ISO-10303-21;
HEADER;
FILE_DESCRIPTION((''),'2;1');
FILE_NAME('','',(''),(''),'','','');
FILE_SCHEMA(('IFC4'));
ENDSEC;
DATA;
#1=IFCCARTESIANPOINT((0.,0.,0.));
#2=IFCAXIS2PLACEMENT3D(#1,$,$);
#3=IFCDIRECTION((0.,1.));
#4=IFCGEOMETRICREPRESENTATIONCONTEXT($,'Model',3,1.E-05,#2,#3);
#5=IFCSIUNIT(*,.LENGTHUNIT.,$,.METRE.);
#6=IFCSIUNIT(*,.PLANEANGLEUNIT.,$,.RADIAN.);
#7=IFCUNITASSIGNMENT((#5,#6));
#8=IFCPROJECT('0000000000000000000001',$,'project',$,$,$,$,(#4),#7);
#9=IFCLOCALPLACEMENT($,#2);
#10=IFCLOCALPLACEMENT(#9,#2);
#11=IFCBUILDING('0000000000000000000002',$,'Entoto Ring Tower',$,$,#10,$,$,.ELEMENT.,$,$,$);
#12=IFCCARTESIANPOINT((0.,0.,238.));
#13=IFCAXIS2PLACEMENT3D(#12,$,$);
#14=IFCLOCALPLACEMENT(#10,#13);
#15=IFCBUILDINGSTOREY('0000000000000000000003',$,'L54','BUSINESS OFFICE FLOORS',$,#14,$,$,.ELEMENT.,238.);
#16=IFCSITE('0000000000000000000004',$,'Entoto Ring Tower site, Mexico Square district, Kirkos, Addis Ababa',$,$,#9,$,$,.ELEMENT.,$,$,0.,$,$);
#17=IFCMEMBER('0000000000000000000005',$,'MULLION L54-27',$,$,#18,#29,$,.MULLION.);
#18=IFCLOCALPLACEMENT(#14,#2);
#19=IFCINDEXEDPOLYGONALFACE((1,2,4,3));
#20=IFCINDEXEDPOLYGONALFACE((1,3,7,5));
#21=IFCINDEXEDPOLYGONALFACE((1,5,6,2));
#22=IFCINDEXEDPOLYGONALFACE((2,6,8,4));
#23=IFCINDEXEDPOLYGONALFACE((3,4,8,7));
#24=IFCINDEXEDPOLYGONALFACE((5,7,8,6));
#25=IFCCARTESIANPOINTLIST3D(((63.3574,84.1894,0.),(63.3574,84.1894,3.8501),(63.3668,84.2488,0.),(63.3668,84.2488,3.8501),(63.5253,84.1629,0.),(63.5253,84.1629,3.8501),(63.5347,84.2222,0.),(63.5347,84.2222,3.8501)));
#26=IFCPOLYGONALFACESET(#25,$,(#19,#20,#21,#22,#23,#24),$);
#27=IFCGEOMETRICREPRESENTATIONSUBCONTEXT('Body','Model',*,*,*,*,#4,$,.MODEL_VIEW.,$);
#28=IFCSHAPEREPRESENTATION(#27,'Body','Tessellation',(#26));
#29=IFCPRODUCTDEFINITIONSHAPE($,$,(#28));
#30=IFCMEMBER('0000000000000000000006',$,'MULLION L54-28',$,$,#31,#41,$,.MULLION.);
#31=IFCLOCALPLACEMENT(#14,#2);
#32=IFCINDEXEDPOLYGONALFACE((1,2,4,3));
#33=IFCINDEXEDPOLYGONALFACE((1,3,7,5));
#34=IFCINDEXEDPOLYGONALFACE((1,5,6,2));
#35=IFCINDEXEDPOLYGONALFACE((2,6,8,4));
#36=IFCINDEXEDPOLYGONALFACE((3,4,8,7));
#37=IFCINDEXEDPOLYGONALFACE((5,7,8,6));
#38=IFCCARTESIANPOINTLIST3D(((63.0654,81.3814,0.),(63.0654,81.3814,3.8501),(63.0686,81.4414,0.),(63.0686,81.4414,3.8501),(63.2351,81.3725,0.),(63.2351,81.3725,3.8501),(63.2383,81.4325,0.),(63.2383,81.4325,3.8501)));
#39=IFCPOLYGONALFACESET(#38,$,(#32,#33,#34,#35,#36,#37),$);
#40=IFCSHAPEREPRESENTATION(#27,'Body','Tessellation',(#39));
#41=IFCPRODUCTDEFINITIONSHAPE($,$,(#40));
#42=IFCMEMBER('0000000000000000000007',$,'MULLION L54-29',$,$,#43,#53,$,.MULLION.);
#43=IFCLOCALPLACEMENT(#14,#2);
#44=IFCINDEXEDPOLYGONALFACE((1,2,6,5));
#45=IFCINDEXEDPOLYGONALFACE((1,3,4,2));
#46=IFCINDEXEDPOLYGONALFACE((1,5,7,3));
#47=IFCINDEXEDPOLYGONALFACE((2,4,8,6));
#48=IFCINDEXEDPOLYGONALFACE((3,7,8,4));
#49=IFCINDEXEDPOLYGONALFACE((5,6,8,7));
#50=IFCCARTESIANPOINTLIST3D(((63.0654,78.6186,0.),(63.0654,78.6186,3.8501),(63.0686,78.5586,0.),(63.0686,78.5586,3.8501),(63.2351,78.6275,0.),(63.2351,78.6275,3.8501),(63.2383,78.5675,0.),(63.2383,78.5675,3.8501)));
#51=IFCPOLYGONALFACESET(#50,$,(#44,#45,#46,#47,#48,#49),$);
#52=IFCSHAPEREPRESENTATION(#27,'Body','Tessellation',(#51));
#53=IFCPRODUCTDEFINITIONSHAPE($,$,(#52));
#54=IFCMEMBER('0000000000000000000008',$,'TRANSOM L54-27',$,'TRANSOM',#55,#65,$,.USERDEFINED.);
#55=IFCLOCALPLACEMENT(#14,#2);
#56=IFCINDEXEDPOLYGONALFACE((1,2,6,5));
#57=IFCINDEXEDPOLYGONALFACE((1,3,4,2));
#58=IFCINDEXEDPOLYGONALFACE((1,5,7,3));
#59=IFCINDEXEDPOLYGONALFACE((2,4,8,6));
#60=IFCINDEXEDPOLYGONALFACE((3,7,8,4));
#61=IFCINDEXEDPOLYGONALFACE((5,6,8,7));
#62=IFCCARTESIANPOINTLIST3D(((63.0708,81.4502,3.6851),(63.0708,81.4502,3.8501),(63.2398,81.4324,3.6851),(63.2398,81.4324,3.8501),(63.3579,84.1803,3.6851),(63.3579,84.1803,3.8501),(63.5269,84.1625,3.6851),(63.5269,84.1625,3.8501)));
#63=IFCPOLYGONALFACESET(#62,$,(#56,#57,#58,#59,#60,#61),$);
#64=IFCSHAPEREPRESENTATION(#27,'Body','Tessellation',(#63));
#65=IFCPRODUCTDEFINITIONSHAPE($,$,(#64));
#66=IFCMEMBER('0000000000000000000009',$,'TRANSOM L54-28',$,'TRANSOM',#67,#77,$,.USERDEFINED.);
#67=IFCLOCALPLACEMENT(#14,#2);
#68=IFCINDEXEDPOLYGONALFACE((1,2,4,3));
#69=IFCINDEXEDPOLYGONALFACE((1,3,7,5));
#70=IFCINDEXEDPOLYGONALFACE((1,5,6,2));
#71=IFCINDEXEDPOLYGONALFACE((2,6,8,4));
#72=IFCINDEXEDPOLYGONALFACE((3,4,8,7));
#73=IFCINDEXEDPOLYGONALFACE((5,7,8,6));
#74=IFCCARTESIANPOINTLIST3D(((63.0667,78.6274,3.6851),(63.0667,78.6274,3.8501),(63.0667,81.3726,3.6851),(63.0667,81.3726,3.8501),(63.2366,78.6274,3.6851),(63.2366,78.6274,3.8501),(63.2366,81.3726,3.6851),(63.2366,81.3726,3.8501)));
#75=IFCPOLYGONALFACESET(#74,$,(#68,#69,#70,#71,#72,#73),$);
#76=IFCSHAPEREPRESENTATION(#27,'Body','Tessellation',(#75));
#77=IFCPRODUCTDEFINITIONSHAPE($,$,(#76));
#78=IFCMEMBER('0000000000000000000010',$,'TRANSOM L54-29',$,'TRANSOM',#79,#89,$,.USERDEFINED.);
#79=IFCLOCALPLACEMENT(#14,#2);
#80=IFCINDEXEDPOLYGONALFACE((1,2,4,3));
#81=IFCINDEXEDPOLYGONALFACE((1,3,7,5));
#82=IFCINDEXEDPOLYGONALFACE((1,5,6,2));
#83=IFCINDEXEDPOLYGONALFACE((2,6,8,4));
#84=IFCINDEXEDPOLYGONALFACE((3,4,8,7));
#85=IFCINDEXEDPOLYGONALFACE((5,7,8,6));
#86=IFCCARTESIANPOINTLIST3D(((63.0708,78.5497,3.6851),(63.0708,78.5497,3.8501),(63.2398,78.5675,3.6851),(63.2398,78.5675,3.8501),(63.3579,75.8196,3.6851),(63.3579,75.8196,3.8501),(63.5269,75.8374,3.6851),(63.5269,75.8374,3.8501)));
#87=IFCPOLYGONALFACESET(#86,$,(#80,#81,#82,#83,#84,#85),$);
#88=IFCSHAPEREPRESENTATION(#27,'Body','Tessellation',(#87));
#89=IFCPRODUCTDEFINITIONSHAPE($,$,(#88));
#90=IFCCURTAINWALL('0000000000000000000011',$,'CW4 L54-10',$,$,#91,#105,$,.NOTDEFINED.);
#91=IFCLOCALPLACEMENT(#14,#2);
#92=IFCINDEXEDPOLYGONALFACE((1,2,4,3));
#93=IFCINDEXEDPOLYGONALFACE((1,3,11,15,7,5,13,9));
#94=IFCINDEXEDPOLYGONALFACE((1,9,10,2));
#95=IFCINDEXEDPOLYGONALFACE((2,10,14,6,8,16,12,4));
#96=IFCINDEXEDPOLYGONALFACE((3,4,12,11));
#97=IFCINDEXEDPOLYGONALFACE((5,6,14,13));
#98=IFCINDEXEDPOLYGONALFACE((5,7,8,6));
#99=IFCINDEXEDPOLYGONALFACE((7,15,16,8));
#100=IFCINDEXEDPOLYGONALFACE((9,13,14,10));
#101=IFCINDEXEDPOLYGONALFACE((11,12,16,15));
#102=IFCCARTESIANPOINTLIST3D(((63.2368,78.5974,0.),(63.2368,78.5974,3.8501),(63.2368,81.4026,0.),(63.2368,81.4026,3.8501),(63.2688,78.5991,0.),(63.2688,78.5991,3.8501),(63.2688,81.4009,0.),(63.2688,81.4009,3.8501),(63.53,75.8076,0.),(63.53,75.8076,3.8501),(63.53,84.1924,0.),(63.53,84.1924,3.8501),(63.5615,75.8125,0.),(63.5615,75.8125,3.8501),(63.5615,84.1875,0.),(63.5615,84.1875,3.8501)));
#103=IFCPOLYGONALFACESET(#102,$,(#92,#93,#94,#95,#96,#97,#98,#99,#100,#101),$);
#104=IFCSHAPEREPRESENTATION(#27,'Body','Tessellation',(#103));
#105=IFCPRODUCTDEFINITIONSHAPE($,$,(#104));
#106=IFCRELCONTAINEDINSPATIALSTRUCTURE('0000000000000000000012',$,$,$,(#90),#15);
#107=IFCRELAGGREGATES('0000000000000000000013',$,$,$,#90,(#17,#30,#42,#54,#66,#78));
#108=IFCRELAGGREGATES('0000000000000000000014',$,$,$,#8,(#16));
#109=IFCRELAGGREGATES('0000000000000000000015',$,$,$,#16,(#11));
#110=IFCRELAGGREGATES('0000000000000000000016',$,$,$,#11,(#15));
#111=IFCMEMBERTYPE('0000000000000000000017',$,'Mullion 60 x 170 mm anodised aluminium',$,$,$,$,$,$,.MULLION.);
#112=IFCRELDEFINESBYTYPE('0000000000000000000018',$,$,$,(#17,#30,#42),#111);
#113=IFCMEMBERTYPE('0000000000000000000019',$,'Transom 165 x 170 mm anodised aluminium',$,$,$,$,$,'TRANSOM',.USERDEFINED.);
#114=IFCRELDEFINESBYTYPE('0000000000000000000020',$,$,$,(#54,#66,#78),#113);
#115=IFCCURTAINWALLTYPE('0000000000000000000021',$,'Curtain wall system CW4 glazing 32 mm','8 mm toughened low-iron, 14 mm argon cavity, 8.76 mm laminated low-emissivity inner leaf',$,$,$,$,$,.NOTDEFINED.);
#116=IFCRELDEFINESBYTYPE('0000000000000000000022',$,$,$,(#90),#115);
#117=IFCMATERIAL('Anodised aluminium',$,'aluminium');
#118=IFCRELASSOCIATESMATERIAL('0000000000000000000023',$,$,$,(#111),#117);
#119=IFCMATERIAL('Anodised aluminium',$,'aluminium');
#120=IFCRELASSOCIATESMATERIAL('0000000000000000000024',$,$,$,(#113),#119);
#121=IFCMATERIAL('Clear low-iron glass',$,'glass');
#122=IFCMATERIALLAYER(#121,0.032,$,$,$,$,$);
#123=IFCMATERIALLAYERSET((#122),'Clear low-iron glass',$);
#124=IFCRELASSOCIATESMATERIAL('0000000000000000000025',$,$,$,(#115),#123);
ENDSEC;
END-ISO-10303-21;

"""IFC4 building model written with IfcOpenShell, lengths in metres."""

from ifc_helpers import new_model, si_unit, direction, frame, origin, origin_2d, place, context, subcontext, project, spatial, polyline, rectangle, outline, extrude, material, layer, layer_set, material_profile, profile_set, type_object, element, aggregate, save


model = new_model("IFC4")

# Units and contexts
model_context = context("Model", 3, precision=1e-05, world=origin(), true_north=direction((0.0, 1.0)))
body_context = subcontext(model_context, "Body", "Model", "MODEL_VIEW")
ifc_project = project(units=[si_unit("LENGTHUNIT", "METRE"), si_unit("PLANEANGLEUNIT", "RADIAN")], contexts=[model_context])

# Members
ifc_material_1 = material(Name="Anodised aluminium", Category="aluminium")
ifc_material_profile_1 = material_profile(ifc_material_1, rectangle(XDim=0.0601, YDim=0.1699, at=origin_2d()), Name="Mullion 60 x 170 mm anodised aluminium")
ifc_profile_set_1 = profile_set([ifc_material_profile_1], Name="Anodised aluminium")
member_type_1 = type_object("IfcMemberType", Name="Mullion 60 x 170 mm anodised aluminium", PredefinedType="MULLION", material=ifc_profile_set_1)
site_placement = place(None, origin())
building_placement = place(site_placement, origin())
storey_placement = place(building_placement, frame((0.0, 0.0, 238.0)))
member_1_placement = place(storey_placement, frame((63.446, 84.2058, 0.0), z_axis=(0.0, 0.0, 1.0), x_axis=(-0.156434, -0.987688, 0.0)))
member_1 = element("IfcMember", 1, at=member_1_placement, type_object=member_type_1, Name="MULLION L54-27", PredefinedType="MULLION", context=body_context, shape_type="SweptSolid", body=[
    extrude(rectangle(XDim=0.0601, YDim=0.1699, at=origin_2d()), origin(), (0.0, 0.0, 1.0), 3.8501),
])
member_2_placement = place(storey_placement, frame((63.1519, 81.407, 0.0), z_axis=(0.0, 0.0, 1.0), x_axis=(-0.052336, -0.99863, 0.0)))
member_2 = element("IfcMember", 2, at=member_2_placement, type_object=member_type_1, Name="MULLION L54-28", PredefinedType="MULLION", context=body_context, shape_type="SweptSolid", body=[
    extrude(rectangle(XDim=0.0601, YDim=0.1699, at=origin_2d()), origin(), (0.0, 0.0, 1.0), 3.8501),
])
member_3_placement = place(storey_placement, frame((63.1519, 78.593, 0.0), z_axis=(0.0, 0.0, 1.0), x_axis=(0.052336, -0.99863, 0.0)))
member_3 = element("IfcMember", 3, at=member_3_placement, type_object=member_type_1, Name="MULLION L54-29", PredefinedType="MULLION", context=body_context, shape_type="SweptSolid", body=[
    extrude(rectangle(XDim=0.0601, YDim=0.1699, at=origin_2d()), origin(), (0.0, 0.0, 1.0), 3.8501),
])
ifc_material_2 = material(Name="Anodised aluminium", Category="aluminium")
ifc_material_profile_2 = material_profile(ifc_material_2, rectangle(XDim=0.1699, YDim=0.165, at=origin_2d()), Name="Transom 165 x 170 mm anodised aluminium")
ifc_profile_set_2 = profile_set([ifc_material_profile_2], Name="Anodised aluminium")
member_type_2 = type_object("IfcMemberType", Name="Transom 165 x 170 mm anodised aluminium", ElementType="TRANSOM", PredefinedType="USERDEFINED", material=ifc_profile_set_2)
member_4_placement = place(storey_placement, frame((63.4424, 84.1714, 3.7676), z_axis=(-0.104592, -0.994515, 0.0), x_axis=(0.994515, -0.104592, 0.0)))
member_4 = element("IfcMember", 4, at=member_4_placement, type_object=member_type_2, Name="TRANSOM L54-27", ObjectType="TRANSOM", PredefinedType="USERDEFINED", context=body_context, shape_type="SweptSolid", body=[
    extrude(rectangle(XDim=0.1699, YDim=0.165, at=origin_2d()), origin(), (0.0, 0.0, 1.0), 2.7451),
])
member_5_placement = place(storey_placement, frame((63.1516, 81.3726, 3.7676), z_axis=(0.0, -1.0, 0.0), x_axis=(1.0, 0.0, 0.0)))
member_5 = element("IfcMember", 5, at=member_5_placement, type_object=member_type_2, Name="TRANSOM L54-28", ObjectType="TRANSOM", PredefinedType="USERDEFINED", context=body_context, shape_type="SweptSolid", body=[
    extrude(rectangle(XDim=0.1699, YDim=0.165, at=origin_2d()), origin(), (0.0, 0.0, 1.0), 2.7451),
])
member_6_placement = place(storey_placement, frame((63.1553, 78.5586, 3.7676), z_axis=(0.104592, -0.994515, 0.0), x_axis=(0.994515, 0.104592, 0.0)))
member_6 = element("IfcMember", 6, at=member_6_placement, type_object=member_type_2, Name="TRANSOM L54-29", ObjectType="TRANSOM", PredefinedType="USERDEFINED", context=body_context, shape_type="SweptSolid", body=[
    extrude(rectangle(XDim=0.1699, YDim=0.165, at=origin_2d()), origin(), (0.0, 0.0, 1.0), 2.7451),
])

# Site, building, storey
site = spatial("IfcSite", under=ifc_project, at=site_placement, Name="Entoto Ring Tower site, Mexico Square district, Kirkos, Addis Ababa", CompositionType="ELEMENT", RefElevation=0.0)
building = spatial("IfcBuilding", under=site, at=building_placement, Name="Entoto Ring Tower", CompositionType="ELEMENT")
storey = spatial("IfcBuildingStorey", under=building, at=storey_placement, Name="L54", Description="BUSINESS OFFICE FLOORS", CompositionType="ELEMENT", Elevation=238.0)

# Curtain wall
ifc_material_3 = material(Name="Clear low-iron glass", Category="glass")
ifc_layer = layer(ifc_material_3, 0.032)
ifc_layer_set = layer_set([ifc_layer], Name="Clear low-iron glass")
curtain_wall_type = type_object("IfcCurtainWallType", Name="Curtain wall system CW4 glazing 32 mm", Description="8 mm toughened low-iron, 14 mm argon cavity, 8.76 mm laminated low-emissivity inner leaf", PredefinedType="NOTDEFINED", material=ifc_layer_set)
curtain_wall_1_placement = place(storey_placement, origin())
curtain_wall_1 = element("IfcCurtainWall", 7, at=curtain_wall_1_placement, inside=storey, type_object=curtain_wall_type, Name="CW4 L54-10", PredefinedType="NOTDEFINED", context=body_context, shape_type="SweptSolid", body=[
    extrude(outline(polyline([(63.53, 84.1924), (63.2368, 81.4026), (63.2368, 78.5974), (63.53, 75.8076), (63.5615, 75.8125), (63.2688, 78.5991), (63.2688, 81.4009), (63.5615, 84.1875), (63.53, 84.1924)])), origin(), (0.0, 0.0, 1.0), 3.8501),
])
aggregate(curtain_wall_1, [member_1, member_2, member_3, member_4, member_5, member_6])

save(model, "model.ifc")
